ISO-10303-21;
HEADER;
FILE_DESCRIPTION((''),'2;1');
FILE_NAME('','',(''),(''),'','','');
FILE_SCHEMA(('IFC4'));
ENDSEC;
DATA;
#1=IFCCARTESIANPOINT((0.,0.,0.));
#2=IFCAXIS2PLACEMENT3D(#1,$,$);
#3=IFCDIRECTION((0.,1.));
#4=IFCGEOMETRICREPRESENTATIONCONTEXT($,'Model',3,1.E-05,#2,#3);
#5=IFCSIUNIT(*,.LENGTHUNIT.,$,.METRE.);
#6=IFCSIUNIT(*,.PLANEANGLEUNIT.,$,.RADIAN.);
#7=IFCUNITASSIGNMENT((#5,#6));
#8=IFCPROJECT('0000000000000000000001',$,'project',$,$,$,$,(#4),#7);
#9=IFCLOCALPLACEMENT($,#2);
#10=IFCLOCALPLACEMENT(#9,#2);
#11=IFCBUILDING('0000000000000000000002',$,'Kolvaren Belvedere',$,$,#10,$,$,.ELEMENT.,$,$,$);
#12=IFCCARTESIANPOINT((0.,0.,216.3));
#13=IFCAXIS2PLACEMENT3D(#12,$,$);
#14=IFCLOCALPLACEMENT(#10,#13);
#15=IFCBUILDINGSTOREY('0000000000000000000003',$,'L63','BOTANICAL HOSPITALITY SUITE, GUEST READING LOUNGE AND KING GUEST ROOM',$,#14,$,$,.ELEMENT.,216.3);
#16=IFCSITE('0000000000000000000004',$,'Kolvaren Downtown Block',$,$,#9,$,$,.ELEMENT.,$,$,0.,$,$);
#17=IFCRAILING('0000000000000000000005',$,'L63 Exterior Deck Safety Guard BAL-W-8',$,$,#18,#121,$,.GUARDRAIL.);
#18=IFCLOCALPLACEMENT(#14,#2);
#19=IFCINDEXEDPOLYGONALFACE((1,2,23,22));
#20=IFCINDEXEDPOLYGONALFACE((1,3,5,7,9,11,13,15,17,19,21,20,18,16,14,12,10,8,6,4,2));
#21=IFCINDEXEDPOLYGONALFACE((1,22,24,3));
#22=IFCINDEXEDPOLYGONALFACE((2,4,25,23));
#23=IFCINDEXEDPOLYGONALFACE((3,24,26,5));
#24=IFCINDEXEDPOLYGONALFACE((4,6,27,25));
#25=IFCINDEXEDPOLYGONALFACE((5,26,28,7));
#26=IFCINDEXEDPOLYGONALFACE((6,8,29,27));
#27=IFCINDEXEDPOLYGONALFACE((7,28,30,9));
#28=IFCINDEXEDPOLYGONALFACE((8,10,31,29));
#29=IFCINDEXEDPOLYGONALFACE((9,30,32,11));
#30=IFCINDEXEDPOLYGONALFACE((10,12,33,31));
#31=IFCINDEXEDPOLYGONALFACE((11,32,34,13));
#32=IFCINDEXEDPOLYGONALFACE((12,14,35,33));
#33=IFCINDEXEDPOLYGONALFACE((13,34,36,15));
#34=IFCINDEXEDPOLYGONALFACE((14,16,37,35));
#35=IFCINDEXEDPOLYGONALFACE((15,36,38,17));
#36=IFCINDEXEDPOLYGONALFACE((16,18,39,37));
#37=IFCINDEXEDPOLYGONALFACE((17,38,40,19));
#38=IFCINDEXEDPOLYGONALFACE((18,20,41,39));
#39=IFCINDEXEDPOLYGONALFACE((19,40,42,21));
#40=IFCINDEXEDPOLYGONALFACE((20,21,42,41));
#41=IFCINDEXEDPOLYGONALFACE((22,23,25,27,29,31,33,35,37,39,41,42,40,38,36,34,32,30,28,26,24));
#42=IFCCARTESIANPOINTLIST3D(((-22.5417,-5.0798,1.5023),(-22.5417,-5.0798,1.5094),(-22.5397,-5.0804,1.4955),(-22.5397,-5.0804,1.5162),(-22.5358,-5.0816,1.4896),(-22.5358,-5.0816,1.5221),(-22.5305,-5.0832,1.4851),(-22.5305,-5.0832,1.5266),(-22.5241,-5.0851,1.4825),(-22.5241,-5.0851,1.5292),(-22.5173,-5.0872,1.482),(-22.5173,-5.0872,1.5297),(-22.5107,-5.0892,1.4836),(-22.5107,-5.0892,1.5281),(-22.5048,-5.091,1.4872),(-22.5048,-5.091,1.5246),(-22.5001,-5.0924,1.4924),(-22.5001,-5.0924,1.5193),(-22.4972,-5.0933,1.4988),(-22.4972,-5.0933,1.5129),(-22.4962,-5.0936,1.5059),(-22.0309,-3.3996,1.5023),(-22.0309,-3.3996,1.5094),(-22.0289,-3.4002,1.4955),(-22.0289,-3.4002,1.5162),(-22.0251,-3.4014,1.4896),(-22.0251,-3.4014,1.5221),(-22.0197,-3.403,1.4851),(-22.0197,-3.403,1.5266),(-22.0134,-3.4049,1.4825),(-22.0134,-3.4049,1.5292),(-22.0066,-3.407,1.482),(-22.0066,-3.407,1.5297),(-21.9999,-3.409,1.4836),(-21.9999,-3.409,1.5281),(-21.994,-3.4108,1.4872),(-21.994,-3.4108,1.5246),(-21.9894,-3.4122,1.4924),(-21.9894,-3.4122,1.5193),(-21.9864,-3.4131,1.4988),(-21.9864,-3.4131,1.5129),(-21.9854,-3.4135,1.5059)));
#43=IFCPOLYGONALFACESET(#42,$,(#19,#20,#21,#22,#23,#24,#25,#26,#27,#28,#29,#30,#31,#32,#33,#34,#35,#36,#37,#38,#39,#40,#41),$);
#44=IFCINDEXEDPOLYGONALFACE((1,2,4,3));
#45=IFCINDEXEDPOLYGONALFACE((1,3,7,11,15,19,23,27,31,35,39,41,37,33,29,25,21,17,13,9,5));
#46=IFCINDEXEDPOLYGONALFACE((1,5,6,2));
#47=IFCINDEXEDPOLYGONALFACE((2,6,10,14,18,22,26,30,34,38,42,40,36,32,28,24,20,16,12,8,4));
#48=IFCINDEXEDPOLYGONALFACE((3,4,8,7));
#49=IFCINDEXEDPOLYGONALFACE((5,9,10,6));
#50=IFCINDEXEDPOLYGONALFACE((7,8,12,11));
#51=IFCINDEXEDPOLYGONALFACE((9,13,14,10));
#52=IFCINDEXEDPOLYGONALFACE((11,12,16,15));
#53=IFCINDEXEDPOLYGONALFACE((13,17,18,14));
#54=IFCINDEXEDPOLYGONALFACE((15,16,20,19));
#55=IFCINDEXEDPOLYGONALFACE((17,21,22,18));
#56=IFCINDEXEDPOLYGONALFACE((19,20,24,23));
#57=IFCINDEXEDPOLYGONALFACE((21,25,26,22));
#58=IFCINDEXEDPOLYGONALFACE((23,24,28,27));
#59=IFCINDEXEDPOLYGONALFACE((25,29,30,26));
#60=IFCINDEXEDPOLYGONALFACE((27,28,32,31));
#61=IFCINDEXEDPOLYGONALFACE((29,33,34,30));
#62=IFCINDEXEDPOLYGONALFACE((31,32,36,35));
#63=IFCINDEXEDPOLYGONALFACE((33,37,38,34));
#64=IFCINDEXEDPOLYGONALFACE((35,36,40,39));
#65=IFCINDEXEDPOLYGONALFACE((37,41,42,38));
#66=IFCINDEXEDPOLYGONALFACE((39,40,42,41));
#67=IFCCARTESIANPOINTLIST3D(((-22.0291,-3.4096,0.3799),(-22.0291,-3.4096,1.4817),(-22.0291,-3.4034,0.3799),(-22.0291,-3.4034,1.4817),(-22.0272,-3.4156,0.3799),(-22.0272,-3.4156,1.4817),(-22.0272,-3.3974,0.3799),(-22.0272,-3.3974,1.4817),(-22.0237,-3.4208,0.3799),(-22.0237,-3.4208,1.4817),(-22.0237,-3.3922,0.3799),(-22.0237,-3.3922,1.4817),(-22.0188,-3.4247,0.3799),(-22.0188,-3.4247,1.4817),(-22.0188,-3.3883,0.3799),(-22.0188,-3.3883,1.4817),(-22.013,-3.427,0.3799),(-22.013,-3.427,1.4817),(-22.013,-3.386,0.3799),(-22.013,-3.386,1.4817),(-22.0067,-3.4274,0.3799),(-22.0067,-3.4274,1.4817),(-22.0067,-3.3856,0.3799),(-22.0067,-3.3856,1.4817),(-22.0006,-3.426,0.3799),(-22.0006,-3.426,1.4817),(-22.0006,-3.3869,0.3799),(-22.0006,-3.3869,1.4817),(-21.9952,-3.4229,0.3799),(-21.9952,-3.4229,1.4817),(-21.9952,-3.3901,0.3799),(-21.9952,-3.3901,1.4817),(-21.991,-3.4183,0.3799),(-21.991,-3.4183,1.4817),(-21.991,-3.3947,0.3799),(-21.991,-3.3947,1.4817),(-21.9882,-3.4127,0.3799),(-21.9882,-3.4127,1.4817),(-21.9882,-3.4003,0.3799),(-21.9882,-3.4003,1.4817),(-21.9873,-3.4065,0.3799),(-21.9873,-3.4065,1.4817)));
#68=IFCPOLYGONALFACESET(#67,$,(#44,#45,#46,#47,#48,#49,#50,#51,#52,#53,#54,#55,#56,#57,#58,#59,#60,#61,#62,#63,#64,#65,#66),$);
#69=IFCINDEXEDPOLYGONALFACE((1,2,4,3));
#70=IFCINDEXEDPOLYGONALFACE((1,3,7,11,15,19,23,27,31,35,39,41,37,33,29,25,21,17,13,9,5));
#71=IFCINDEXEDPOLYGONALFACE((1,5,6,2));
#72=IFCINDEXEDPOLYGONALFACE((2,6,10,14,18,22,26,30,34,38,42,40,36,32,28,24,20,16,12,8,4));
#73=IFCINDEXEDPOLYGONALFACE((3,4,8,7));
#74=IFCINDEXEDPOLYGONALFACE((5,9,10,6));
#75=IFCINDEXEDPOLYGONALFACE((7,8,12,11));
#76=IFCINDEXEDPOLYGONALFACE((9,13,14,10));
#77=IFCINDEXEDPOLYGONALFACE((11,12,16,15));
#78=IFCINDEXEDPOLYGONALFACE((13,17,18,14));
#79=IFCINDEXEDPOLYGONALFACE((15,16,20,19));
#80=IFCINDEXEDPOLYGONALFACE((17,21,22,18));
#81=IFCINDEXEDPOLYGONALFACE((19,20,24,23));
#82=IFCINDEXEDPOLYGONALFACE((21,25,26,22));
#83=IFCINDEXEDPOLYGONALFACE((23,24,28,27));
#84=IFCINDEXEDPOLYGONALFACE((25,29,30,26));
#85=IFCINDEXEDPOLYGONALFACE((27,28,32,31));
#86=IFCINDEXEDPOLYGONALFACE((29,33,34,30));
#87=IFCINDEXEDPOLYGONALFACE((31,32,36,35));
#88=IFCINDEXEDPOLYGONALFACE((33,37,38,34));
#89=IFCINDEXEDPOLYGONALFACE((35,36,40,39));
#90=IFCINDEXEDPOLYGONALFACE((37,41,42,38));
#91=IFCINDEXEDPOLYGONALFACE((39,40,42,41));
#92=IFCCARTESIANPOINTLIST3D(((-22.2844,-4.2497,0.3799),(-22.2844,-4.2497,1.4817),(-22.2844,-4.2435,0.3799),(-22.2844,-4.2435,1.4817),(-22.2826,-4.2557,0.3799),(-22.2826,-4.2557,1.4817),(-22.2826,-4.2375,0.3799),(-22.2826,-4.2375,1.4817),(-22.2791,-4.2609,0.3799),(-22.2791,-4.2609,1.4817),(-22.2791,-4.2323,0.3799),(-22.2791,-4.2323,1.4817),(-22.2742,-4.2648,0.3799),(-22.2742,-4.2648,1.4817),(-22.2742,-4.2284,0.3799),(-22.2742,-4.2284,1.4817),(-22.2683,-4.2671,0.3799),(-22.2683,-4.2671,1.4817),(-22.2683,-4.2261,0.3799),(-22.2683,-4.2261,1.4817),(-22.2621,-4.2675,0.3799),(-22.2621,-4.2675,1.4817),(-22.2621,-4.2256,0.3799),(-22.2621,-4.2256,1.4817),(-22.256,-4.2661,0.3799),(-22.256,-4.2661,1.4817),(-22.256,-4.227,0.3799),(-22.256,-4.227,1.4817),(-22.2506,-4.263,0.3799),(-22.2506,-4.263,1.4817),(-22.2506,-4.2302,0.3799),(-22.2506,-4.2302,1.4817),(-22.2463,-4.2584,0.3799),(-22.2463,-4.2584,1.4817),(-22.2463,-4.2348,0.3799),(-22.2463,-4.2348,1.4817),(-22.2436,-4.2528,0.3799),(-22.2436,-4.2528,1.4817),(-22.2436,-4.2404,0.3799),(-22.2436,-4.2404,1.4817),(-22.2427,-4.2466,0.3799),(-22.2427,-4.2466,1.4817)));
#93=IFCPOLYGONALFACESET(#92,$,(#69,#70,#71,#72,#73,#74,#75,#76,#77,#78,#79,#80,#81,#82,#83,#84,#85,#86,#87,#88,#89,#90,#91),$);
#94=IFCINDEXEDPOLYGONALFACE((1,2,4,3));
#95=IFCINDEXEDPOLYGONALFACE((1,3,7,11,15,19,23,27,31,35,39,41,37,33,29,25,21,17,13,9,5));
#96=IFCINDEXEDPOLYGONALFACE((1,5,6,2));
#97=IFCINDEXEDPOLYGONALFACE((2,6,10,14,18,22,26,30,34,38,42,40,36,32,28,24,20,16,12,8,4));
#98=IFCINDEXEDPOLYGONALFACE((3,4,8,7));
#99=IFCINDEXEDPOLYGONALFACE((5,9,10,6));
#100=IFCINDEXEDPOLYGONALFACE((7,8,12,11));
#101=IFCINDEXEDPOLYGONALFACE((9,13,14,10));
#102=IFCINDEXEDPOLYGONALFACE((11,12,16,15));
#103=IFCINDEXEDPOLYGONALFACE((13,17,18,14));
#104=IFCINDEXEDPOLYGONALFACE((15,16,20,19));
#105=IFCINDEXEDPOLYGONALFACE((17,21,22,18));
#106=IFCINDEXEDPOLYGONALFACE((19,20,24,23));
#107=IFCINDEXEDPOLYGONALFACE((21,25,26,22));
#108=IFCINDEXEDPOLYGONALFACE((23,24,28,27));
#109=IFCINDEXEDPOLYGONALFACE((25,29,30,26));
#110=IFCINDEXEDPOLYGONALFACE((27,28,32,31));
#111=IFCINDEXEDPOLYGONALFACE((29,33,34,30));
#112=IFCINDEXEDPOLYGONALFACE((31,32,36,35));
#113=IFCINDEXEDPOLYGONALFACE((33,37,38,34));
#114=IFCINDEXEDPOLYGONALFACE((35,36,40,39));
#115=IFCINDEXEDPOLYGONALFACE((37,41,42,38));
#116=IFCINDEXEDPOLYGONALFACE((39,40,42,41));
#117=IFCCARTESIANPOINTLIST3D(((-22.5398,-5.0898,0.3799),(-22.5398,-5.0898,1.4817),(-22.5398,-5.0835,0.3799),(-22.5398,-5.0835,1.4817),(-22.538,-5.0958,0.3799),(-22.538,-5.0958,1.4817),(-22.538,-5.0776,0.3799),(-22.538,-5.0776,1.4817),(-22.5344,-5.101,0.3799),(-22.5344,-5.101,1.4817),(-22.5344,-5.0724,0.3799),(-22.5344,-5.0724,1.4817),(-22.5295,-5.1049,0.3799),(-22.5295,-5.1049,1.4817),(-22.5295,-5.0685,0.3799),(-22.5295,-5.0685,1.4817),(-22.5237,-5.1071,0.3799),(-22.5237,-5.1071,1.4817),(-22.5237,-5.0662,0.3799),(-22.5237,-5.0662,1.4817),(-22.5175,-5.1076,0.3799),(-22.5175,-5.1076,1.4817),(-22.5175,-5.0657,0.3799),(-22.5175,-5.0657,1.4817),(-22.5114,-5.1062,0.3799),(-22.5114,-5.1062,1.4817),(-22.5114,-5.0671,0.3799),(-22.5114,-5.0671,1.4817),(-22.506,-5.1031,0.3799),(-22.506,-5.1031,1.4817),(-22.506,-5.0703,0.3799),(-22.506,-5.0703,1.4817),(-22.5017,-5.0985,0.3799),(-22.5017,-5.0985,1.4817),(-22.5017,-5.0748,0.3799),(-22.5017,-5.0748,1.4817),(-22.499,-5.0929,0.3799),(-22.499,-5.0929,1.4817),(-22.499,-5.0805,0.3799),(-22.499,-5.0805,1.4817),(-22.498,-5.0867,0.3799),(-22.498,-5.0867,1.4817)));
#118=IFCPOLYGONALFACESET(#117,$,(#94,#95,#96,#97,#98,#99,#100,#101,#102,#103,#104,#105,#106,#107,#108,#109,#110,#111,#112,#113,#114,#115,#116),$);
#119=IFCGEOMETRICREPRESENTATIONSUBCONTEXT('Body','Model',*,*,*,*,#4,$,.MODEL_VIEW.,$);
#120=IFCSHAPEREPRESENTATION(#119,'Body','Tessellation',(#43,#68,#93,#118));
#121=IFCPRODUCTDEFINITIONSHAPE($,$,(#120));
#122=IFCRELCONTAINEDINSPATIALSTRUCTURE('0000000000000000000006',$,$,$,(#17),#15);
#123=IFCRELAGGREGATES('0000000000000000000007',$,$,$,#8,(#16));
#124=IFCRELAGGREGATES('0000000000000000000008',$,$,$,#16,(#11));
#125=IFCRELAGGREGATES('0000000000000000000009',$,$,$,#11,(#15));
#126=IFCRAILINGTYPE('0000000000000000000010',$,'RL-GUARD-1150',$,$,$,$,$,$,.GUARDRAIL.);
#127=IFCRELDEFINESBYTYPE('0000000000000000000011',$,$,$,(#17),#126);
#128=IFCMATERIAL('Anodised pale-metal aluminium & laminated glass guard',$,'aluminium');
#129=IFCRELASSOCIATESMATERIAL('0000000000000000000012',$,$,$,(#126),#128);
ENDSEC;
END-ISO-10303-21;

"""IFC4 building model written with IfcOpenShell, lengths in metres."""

from ifc_helpers import new_model, si_unit, direction, frame, origin, origin_2d, place, context, subcontext, project, spatial, circle, extrude, material, type_object, element, save


model = new_model("IFC4")

# Units and contexts
model_context = context("Model", 3, precision=1e-05, world=origin(), true_north=direction((0.0, 1.0)))
body_context = subcontext(model_context, "Body", "Model", "MODEL_VIEW")
ifc_project = project(units=[si_unit("LENGTHUNIT", "METRE"), si_unit("PLANEANGLEUNIT", "RADIAN")], contexts=[model_context])

# Site, building, storey
site_placement = place(None, origin())
site = spatial("IfcSite", under=ifc_project, at=site_placement, Name="Kolvaren Downtown Block", CompositionType="ELEMENT", RefElevation=0.0)
building_placement = place(site_placement, origin())
building = spatial("IfcBuilding", under=site, at=building_placement, Name="Kolvaren Belvedere", CompositionType="ELEMENT")
storey_placement = place(building_placement, frame((0.0, 0.0, 216.3)))
storey = spatial("IfcBuildingStorey", under=building, at=storey_placement, Name="L63", Description="BOTANICAL HOSPITALITY SUITE, GUEST READING LOUNGE AND KING GUEST ROOM", CompositionType="ELEMENT", Elevation=216.3)

# Railing
ifc_material_1 = material(Name="Anodised pale-metal aluminium & laminated glass guard", Category="aluminium")
railing_type = type_object("IfcRailingType", Name="RL-GUARD-1150", PredefinedType="GUARDRAIL", material=ifc_material_1)
railing_1_placement = place(storey_placement, frame((-22.0083, -3.4065, 0.3799)))
element("IfcRailing", 1, at=railing_1_placement, inside=storey, type_object=railing_type, Name="L63 Exterior Deck Safety Guard BAL-W-8", PredefinedType="GUARDRAIL", context=body_context, shape_type="SweptSolid", body=[
    extrude(circle(Radius=0.0239, at=origin_2d()), frame((0.0, 0.0, 1.126), z_axis=(-0.290841, -0.956771, 0.0), x_axis=(0.956771, -0.290841, 0.0)), (0.0, 0.0, 1.0), 1.7561),
    extrude(circle(Radius=0.021, at=origin_2d()), origin(), (0.0, 0.0, 1.0), 1.1018),
    extrude(circle(Radius=0.021, at=origin_2d()), frame((-0.2554, -0.8401, 0.0)), (0.0, 0.0, 1.0), 1.1018),
    extrude(circle(Radius=0.021, at=origin_2d()), frame((-0.5107, -1.6802, 0.0)), (0.0, 0.0, 1.0), 1.1018),
])

save(model, "model.ifc")
